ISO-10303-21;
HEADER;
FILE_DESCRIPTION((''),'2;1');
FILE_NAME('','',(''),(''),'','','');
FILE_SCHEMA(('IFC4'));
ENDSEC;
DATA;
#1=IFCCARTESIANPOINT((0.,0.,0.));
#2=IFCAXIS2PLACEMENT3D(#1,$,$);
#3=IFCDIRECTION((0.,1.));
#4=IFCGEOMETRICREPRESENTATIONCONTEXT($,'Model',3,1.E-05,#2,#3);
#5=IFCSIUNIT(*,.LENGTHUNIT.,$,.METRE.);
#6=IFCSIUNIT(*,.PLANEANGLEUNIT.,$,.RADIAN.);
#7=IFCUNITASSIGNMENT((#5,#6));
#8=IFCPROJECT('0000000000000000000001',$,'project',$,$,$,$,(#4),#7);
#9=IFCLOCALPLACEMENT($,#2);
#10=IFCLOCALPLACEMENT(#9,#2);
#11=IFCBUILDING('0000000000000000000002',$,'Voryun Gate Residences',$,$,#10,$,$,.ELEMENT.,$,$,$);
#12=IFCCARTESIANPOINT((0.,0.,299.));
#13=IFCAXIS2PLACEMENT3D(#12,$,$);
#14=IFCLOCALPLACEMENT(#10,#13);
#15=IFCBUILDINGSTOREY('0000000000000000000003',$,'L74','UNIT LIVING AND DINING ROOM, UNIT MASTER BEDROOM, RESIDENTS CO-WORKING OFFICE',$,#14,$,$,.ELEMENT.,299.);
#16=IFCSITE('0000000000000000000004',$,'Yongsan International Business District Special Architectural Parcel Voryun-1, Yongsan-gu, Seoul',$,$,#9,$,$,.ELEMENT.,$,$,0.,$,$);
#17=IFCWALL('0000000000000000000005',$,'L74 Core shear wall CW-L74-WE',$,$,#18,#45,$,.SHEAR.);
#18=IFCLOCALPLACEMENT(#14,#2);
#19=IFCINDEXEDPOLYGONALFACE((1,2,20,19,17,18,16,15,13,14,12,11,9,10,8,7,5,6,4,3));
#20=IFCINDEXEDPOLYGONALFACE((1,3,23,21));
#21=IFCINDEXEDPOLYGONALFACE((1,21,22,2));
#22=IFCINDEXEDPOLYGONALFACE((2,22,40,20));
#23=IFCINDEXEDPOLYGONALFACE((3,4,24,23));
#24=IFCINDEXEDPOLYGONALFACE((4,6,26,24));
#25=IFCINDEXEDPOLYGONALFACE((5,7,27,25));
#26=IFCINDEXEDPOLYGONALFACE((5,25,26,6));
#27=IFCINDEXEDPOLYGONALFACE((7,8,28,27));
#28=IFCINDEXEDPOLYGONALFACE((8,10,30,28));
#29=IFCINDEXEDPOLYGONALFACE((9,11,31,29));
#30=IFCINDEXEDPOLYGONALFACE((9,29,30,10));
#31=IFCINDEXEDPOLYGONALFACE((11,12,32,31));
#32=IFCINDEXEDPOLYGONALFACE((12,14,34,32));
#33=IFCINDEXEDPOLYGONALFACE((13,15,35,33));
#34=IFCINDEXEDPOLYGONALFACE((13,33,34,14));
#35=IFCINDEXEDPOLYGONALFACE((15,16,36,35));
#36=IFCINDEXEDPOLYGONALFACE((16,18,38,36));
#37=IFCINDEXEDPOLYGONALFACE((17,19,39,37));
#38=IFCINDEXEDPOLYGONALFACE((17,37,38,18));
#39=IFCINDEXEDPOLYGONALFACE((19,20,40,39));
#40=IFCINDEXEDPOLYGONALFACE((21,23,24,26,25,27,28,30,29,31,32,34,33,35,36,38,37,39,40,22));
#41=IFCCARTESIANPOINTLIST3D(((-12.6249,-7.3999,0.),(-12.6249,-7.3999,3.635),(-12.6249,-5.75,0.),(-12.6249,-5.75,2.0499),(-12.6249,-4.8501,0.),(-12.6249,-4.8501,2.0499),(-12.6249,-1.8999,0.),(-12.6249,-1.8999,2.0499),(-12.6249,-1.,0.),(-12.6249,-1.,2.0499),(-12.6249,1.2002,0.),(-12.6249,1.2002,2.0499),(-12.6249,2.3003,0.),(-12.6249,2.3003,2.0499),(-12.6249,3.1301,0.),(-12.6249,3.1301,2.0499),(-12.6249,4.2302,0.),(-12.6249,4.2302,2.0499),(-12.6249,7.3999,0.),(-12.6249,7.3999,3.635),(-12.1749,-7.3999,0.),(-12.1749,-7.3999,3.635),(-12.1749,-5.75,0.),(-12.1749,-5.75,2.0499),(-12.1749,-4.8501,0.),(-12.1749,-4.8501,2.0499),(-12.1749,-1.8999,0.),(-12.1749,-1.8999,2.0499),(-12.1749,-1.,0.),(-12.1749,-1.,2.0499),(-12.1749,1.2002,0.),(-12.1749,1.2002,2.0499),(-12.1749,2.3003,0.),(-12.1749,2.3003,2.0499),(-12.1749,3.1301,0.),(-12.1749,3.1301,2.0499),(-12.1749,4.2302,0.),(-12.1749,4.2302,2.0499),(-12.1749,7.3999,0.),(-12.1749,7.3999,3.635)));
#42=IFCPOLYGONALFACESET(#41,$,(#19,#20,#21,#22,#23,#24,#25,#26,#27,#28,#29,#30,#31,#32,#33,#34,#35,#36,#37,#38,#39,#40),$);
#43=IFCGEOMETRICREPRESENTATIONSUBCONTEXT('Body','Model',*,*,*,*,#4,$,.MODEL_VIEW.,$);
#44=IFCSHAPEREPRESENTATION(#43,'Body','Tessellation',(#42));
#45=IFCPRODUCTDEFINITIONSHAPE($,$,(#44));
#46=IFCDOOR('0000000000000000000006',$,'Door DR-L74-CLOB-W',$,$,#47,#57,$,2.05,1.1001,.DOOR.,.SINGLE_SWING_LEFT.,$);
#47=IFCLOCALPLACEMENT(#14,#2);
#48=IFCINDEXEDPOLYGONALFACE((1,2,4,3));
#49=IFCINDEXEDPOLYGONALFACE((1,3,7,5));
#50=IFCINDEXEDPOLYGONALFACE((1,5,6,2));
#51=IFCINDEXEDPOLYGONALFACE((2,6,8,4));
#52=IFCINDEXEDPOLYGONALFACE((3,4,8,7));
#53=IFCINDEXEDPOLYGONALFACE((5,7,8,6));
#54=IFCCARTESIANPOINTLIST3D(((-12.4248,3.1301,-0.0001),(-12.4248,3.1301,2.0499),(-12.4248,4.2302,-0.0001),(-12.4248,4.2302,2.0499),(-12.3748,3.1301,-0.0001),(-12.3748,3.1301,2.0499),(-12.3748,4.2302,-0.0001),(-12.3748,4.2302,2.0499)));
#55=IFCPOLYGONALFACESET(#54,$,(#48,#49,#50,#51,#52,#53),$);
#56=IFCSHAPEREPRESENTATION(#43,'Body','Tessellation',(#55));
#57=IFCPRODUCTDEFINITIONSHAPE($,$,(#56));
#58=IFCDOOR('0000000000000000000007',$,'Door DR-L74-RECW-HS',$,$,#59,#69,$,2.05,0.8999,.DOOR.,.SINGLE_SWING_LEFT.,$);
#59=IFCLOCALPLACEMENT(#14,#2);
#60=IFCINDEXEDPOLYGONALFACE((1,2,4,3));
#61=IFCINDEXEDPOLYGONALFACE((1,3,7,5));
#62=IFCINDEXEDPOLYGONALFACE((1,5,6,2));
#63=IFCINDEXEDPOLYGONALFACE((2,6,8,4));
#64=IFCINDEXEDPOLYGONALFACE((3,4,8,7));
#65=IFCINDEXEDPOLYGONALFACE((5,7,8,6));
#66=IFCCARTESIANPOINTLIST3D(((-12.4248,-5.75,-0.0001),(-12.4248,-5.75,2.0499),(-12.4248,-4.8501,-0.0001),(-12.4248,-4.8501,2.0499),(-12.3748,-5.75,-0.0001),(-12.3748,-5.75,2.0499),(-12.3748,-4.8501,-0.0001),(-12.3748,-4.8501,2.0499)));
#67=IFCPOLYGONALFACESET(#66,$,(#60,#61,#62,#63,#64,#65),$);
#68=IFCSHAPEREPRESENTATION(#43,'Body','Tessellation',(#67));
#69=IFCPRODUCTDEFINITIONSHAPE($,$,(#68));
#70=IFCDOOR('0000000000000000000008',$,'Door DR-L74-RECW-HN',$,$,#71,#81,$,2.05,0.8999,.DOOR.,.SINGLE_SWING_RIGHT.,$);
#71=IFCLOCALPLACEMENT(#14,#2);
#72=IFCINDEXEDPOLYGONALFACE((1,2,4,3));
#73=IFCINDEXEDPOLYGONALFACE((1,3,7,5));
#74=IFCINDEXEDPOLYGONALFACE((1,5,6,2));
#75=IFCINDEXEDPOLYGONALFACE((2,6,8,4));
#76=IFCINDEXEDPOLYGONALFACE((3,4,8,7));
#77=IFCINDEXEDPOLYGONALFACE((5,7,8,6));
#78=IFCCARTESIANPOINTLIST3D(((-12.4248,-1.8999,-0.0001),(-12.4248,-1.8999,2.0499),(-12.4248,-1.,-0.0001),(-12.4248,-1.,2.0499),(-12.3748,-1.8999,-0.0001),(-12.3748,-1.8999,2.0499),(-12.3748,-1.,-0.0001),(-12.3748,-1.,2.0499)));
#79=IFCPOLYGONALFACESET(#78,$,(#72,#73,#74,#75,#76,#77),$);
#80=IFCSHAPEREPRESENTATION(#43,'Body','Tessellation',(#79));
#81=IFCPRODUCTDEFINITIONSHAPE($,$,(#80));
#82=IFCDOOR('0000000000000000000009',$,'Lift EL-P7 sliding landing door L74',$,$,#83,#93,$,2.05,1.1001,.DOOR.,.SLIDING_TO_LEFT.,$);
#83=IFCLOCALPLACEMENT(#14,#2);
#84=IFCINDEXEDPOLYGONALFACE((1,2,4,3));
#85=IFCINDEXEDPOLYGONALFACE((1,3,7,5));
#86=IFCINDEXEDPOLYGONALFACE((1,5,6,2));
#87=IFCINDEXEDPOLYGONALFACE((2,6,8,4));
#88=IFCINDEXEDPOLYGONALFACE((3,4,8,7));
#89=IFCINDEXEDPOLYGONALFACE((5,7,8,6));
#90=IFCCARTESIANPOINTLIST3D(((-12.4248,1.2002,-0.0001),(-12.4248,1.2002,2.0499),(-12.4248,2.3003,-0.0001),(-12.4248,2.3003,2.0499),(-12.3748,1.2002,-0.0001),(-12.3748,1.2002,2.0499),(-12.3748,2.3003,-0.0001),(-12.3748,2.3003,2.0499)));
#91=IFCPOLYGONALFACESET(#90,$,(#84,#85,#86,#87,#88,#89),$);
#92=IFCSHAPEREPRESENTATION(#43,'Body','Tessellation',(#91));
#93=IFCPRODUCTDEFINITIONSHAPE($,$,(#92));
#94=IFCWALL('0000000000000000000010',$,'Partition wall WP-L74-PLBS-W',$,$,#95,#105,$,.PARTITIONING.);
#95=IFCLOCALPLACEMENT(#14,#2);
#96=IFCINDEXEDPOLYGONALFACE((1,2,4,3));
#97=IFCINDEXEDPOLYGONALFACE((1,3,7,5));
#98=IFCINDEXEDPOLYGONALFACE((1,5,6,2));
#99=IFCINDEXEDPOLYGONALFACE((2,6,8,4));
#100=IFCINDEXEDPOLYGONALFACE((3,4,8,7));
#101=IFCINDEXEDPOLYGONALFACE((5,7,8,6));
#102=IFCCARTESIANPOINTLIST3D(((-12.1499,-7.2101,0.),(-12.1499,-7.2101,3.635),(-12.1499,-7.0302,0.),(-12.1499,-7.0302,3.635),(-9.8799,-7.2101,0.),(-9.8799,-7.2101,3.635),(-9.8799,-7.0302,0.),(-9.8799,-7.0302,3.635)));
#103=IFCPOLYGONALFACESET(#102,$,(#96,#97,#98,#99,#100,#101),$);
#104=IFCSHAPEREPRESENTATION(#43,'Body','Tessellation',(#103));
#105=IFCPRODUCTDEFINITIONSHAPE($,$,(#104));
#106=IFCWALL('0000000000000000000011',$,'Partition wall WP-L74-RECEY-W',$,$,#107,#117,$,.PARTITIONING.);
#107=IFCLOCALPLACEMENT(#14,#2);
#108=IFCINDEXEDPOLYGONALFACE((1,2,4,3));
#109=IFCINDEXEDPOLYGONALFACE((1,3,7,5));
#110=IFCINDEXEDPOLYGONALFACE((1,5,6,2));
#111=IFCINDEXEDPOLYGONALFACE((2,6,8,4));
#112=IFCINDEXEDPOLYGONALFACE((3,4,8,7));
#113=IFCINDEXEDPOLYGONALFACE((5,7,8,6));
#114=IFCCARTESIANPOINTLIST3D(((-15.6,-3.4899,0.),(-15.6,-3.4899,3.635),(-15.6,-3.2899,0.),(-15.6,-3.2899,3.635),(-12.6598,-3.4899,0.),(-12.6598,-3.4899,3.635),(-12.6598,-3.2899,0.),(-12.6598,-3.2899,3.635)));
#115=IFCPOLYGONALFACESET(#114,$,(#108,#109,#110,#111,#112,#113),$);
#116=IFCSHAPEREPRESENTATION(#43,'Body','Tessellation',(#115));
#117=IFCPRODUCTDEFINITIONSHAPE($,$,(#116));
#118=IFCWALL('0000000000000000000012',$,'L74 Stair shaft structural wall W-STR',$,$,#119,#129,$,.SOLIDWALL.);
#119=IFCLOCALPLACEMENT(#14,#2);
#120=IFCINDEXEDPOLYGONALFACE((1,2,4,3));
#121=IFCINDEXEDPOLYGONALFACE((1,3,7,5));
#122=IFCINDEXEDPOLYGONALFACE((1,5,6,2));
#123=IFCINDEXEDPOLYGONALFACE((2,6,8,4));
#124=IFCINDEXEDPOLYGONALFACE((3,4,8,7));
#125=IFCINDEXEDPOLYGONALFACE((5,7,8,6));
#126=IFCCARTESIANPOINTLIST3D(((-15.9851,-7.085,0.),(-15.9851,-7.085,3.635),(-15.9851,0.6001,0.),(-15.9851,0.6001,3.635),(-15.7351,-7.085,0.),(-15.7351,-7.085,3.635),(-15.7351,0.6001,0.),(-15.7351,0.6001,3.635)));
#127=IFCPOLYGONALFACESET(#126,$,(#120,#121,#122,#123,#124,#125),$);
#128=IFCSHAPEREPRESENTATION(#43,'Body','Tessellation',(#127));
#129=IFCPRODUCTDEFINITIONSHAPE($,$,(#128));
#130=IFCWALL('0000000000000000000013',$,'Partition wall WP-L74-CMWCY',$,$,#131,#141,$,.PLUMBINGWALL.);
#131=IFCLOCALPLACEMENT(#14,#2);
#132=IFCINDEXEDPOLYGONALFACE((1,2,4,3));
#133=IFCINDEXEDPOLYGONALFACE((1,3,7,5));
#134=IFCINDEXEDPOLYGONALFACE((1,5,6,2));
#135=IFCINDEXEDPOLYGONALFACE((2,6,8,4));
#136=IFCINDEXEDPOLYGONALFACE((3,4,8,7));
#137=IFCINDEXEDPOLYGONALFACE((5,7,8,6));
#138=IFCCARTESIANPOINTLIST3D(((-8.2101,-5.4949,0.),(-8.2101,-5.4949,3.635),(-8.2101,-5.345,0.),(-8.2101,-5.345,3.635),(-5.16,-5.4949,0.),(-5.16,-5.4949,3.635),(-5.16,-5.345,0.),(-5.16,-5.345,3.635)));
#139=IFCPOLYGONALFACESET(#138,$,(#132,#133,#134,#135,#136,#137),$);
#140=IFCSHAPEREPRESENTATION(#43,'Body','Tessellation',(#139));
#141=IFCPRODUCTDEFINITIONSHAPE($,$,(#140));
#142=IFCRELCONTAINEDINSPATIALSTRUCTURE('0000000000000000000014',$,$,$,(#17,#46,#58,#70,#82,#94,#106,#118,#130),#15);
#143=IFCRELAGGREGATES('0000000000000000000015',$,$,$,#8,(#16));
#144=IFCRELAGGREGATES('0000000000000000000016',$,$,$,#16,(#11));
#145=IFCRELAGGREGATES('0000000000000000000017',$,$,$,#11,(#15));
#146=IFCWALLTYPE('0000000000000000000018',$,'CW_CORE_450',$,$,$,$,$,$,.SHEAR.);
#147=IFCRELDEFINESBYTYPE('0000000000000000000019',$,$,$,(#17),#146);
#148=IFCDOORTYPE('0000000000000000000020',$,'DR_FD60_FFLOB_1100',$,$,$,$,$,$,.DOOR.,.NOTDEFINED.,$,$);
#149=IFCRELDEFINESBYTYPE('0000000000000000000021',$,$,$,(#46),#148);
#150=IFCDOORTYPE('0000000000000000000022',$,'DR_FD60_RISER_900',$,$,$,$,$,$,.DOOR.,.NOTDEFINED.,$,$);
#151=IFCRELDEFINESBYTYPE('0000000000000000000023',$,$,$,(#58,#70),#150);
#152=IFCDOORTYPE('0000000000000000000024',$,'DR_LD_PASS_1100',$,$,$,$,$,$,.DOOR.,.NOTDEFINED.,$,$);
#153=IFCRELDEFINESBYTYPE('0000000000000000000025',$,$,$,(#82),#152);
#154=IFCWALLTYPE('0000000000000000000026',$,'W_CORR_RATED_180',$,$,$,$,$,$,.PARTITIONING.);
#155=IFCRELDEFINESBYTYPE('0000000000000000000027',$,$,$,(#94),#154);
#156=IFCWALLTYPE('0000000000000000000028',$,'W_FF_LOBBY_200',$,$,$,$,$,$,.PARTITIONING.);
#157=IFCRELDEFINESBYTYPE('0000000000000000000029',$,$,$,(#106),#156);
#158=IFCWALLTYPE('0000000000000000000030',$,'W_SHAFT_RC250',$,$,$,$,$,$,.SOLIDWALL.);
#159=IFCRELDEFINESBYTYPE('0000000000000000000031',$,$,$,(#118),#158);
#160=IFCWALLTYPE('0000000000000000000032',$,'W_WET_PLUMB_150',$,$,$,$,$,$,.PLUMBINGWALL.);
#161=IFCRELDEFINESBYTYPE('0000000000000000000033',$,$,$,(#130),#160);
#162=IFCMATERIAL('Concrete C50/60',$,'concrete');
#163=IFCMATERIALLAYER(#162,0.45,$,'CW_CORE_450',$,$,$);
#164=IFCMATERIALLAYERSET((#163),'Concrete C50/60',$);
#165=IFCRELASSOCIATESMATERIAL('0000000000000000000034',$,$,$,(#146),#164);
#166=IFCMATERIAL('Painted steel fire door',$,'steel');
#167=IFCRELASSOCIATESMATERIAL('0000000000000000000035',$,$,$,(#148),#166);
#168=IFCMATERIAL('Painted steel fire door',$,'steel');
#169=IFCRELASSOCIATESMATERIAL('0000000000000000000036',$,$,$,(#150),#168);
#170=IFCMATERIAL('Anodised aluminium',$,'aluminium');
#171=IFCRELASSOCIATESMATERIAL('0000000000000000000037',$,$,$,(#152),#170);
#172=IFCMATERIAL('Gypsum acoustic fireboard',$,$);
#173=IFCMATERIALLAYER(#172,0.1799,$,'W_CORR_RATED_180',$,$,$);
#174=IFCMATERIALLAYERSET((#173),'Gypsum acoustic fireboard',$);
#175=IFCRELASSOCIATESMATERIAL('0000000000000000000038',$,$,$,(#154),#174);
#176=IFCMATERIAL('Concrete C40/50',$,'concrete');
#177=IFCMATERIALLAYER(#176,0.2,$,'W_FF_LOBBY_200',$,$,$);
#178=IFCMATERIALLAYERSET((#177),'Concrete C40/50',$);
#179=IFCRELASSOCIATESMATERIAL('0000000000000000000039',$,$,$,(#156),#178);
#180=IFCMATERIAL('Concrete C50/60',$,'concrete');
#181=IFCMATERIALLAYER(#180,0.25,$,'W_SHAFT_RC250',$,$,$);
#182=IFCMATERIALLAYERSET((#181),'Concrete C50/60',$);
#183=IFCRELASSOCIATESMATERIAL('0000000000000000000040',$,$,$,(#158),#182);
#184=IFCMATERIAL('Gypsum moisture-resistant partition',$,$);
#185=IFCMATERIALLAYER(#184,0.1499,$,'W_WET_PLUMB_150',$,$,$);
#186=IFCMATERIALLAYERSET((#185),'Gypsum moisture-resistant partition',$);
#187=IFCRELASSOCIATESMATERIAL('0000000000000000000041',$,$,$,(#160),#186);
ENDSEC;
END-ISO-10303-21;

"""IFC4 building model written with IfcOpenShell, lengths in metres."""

from ifc_helpers import new_model, si_unit, direction, frame, frame_2d, origin, place, context, subcontext, project, spatial, rectangle, extrude, material, layer, layer_set, type_object, element, fill, save


model = new_model("IFC4")

# Units and contexts
model_context = context("Model", 3, precision=1e-05, world=origin(), true_north=direction((0.0, 1.0)))
body_context = subcontext(model_context, "Body", "Model", "MODEL_VIEW")
ifc_project = project(units=[si_unit("LENGTHUNIT", "METRE"), si_unit("PLANEANGLEUNIT", "RADIAN")], contexts=[model_context])

# Site, building, storey
site_placement = place(None, origin())
site = spatial("IfcSite", under=ifc_project, at=site_placement, Name="Yongsan International Business District Special Architectural Parcel Voryun-1, Yongsan-gu, Seoul", CompositionType="ELEMENT", RefElevation=0.0)
building_placement = place(site_placement, origin())
building = spatial("IfcBuilding", under=site, at=building_placement, Name="Voryun Gate Residences", CompositionType="ELEMENT")
storey_placement = place(building_placement, frame((0.0, 0.0, 299.0)))
storey = spatial("IfcBuildingStorey", under=building, at=storey_placement, Name="L74", Description="UNIT LIVING AND DINING ROOM, UNIT MASTER BEDROOM, RESIDENTS CO-WORKING OFFICE", CompositionType="ELEMENT", Elevation=299.0)

# Wall, openings, doors
ifc_material_1 = material(Name="Concrete C50/60", Category="concrete")
ifc_layer_1 = layer(ifc_material_1, 0.45, Name="CW_CORE_450")
ifc_layer_set_1 = layer_set([ifc_layer_1], Name="Concrete C50/60")
wall_type_1 = type_object("IfcWallType", Name="CW_CORE_450", PredefinedType="SHEAR", material=ifc_layer_set_1)
wall_1_placement = place(storey_placement, frame((-12.3999, -7.3999, 0.0), z_axis=(0.0, 0.0, 1.0), x_axis=(0.0, 1.0, 0.0)))
wall_1 = element("IfcWall", 1, at=wall_1_placement, inside=storey, type_object=wall_type_1, Name="L74 Core shear wall CW-L74-WE", PredefinedType="SHEAR", context=body_context, shape_type="SweptSolid", body=[
    extrude(rectangle(XDim=14.7998, YDim=0.45, at=frame_2d((7.3999, 0.0))), origin(), (0.0, 0.0, 1.0), 3.635),
])
opening_1_placement = place(wall_1_placement, frame((8.6001, 0.0, 0.0)))
opening_1 = element("IfcOpeningElement", 2, at=opening_1_placement, cuts=wall_1, PredefinedType="OPENING", context=body_context, shape_type="SweptSolid", body=[
    extrude(rectangle(XDim=1.1001, YDim=2.05, at=frame_2d((0.55, 1.0249))), frame((0.0, 0.2351, 0.0), z_axis=(0.0, -1.0, 0.0), x_axis=(1.0, 0.0, 0.0)), (0.0, 0.0, 1.0), 0.47),
])
opening_2_placement = place(wall_1_placement, frame((10.53, 0.0, 0.0)))
opening_2 = element("IfcOpeningElement", 3, at=opening_2_placement, cuts=wall_1, PredefinedType="OPENING", context=body_context, shape_type="SweptSolid", body=[
    extrude(rectangle(XDim=1.1001, YDim=2.05, at=frame_2d((0.55, 1.0249))), frame((0.0, 0.2351, 0.0), z_axis=(0.0, -1.0, 0.0), x_axis=(1.0, 0.0, 0.0)), (0.0, 0.0, 1.0), 0.47),
])
opening_3_placement = place(wall_1_placement, frame((1.6499, 0.0, 0.0)))
opening_3 = element("IfcOpeningElement", 4, at=opening_3_placement, cuts=wall_1, PredefinedType="OPENING", context=body_context, shape_type="SweptSolid", body=[
    extrude(rectangle(XDim=0.8999, YDim=2.05, at=frame_2d((0.45, 1.0249))), frame((0.0, 0.2351, 0.0), z_axis=(0.0, -1.0, 0.0), x_axis=(1.0, 0.0, 0.0)), (0.0, 0.0, 1.0), 0.47),
])
opening_4_placement = place(wall_1_placement, frame((5.5, 0.0, 0.0)))
opening_4 = element("IfcOpeningElement", 5, at=opening_4_placement, cuts=wall_1, PredefinedType="OPENING", context=body_context, shape_type="SweptSolid", body=[
    extrude(rectangle(XDim=0.8999, YDim=2.05, at=frame_2d((0.45, 1.0249))), frame((0.0, 0.2351, 0.0), z_axis=(0.0, -1.0, 0.0), x_axis=(1.0, 0.0, 0.0)), (0.0, 0.0, 1.0), 0.47),
])
ifc_material_2 = material(Name="Painted steel fire door", Category="steel")
door_type_1 = type_object("IfcDoorType", Name="DR_FD60_FFLOB_1100", OperationType="NOTDEFINED", PredefinedType="DOOR", material=ifc_material_2)
door_1_placement = place(opening_2_placement, origin())
door_1 = element("IfcDoor", 6, at=door_1_placement, inside=storey, type_object=door_type_1, Name="Door DR-L74-CLOB-W", OperationType="SINGLE_SWING_LEFT", OverallHeight=2.05, OverallWidth=1.1001, PredefinedType="DOOR", context=body_context, shape_type="SweptSolid", body=[
    extrude(rectangle(XDim=1.1001, YDim=2.05, at=frame_2d((0.55, 1.0249))), frame((0.0, 0.0249, 0.0), z_axis=(0.0, -1.0, 0.0), x_axis=(1.0, 0.0, 0.0)), (0.0, 0.0, 1.0), 0.05),
])
fill(opening_2, door_1)
ifc_material_3 = material(Name="Painted steel fire door", Category="steel")
door_type_2 = type_object("IfcDoorType", Name="DR_FD60_RISER_900", OperationType="NOTDEFINED", PredefinedType="DOOR", material=ifc_material_3)
door_2_placement = place(opening_3_placement, origin())
door_2 = element("IfcDoor", 7, at=door_2_placement, inside=storey, type_object=door_type_2, Name="Door DR-L74-RECW-HS", OperationType="SINGLE_SWING_LEFT", OverallHeight=2.05, OverallWidth=0.8999, PredefinedType="DOOR", context=body_context, shape_type="SweptSolid", body=[
    extrude(rectangle(XDim=0.8999, YDim=2.05, at=frame_2d((0.45, 1.0249))), frame((0.0, 0.0249, 0.0), z_axis=(0.0, -1.0, 0.0), x_axis=(1.0, 0.0, 0.0)), (0.0, 0.0, 1.0), 0.05),
])
fill(opening_3, door_2)
door_3_placement = place(opening_4_placement, origin())
door_3 = element("IfcDoor", 8, at=door_3_placement, inside=storey, type_object=door_type_2, Name="Door DR-L74-RECW-HN", OperationType="SINGLE_SWING_RIGHT", OverallHeight=2.05, OverallWidth=0.8999, PredefinedType="DOOR", context=body_context, shape_type="SweptSolid", body=[
    extrude(rectangle(XDim=0.8999, YDim=2.05, at=frame_2d((0.45, 1.0249))), frame((0.0, 0.0249, 0.0), z_axis=(0.0, -1.0, 0.0), x_axis=(1.0, 0.0, 0.0)), (0.0, 0.0, 1.0), 0.05),
])
fill(opening_4, door_3)
ifc_material_4 = material(Name="Anodised aluminium", Category="aluminium")
door_type_3 = type_object("IfcDoorType", Name="DR_LD_PASS_1100", OperationType="NOTDEFINED", PredefinedType="DOOR", material=ifc_material_4)
door_4_placement = place(opening_1_placement, origin())
door_4 = element("IfcDoor", 9, at=door_4_placement, inside=storey, type_object=door_type_3, Name="Lift EL-P7 sliding landing door L74", OperationType="SLIDING_TO_LEFT", OverallHeight=2.05, OverallWidth=1.1001, PredefinedType="DOOR", context=body_context, shape_type="SweptSolid", body=[
    extrude(rectangle(XDim=1.1001, YDim=2.05, at=frame_2d((0.55, 1.0249))), frame((0.0, 0.0249, 0.0), z_axis=(0.0, -1.0, 0.0), x_axis=(1.0, 0.0, 0.0)), (0.0, 0.0, 1.0), 0.05),
])
fill(opening_1, door_4)

# Walls
ifc_material_5 = material(Name="Gypsum acoustic fireboard")
ifc_layer_2 = layer(ifc_material_5, 0.1799, Name="W_CORR_RATED_180")
ifc_layer_set_2 = layer_set([ifc_layer_2], Name="Gypsum acoustic fireboard")
wall_type_2 = type_object("IfcWallType", Name="W_CORR_RATED_180", PredefinedType="PARTITIONING", material=ifc_layer_set_2)
wall_2_placement = place(storey_placement, frame((-12.1499, -7.1201, 0.0), z_axis=(0.0, 0.0, 1.0), x_axis=(1.0, 0.0, 0.0)))
element("IfcWall", 10, at=wall_2_placement, inside=storey, type_object=wall_type_2, Name="Partition wall WP-L74-PLBS-W", PredefinedType="PARTITIONING", context=body_context, shape_type="SweptSolid", body=[
    extrude(rectangle(XDim=2.27, YDim=0.1799, at=frame_2d((1.135, 0.0))), origin(), (0.0, 0.0, 1.0), 3.635),
])
ifc_material_6 = material(Name="Concrete C40/50", Category="concrete")
ifc_layer_3 = layer(ifc_material_6, 0.2, Name="W_FF_LOBBY_200")
ifc_layer_set_3 = layer_set([ifc_layer_3], Name="Concrete C40/50")
wall_type_3 = type_object("IfcWallType", Name="W_FF_LOBBY_200", PredefinedType="PARTITIONING", material=ifc_layer_set_3)
wall_3_placement = place(storey_placement, frame((-15.6001, -3.3899, 0.0), z_axis=(0.0, 0.0, 1.0), x_axis=(1.0, 0.0, 0.0)))
element("IfcWall", 11, at=wall_3_placement, inside=storey, type_object=wall_type_3, Name="Partition wall WP-L74-RECEY-W", PredefinedType="PARTITIONING", context=body_context, shape_type="SweptSolid", body=[
    extrude(rectangle(XDim=2.9402, YDim=0.2, at=frame_2d((1.4702, 0.0))), origin(), (0.0, 0.0, 1.0), 3.635),
])
ifc_material_7 = material(Name="Concrete C50/60", Category="concrete")
ifc_layer_4 = layer(ifc_material_7, 0.25, Name="W_SHAFT_RC250")
ifc_layer_set_4 = layer_set([ifc_layer_4], Name="Concrete C50/60")
wall_type_4 = type_object("IfcWallType", Name="W_SHAFT_RC250", PredefinedType="SOLIDWALL", material=ifc_layer_set_4)
wall_4_placement = place(storey_placement, frame((-15.8601, -7.085, 0.0), z_axis=(0.0, 0.0, 1.0), x_axis=(0.0, 1.0, 0.0)))
element("IfcWall", 12, at=wall_4_placement, inside=storey, type_object=wall_type_4, Name="L74 Stair shaft structural wall W-STR", PredefinedType="SOLIDWALL", context=body_context, shape_type="SweptSolid", body=[
    extrude(rectangle(XDim=7.6851, YDim=0.25, at=frame_2d((3.8425, 0.0))), origin(), (0.0, 0.0, 1.0), 3.635),
])
ifc_material_8 = material(Name="Gypsum moisture-resistant partition")
ifc_layer_5 = layer(ifc_material_8, 0.1499, Name="W_WET_PLUMB_150")
ifc_layer_set_5 = layer_set([ifc_layer_5], Name="Gypsum moisture-resistant partition")
wall_type_5 = type_object("IfcWallType", Name="W_WET_PLUMB_150", PredefinedType="PLUMBINGWALL", material=ifc_layer_set_5)
wall_5_placement = place(storey_placement, frame((-8.21, -5.4199, 0.0), z_axis=(0.0, 0.0, 1.0), x_axis=(1.0, 0.0, 0.0)))
element("IfcWall", 13, at=wall_5_placement, inside=storey, type_object=wall_type_5, Name="Partition wall WP-L74-CMWCY", PredefinedType="PLUMBINGWALL", context=body_context, shape_type="SweptSolid", body=[
    extrude(rectangle(XDim=3.05, YDim=0.1499, at=frame_2d((1.5249, 0.0))), origin(), (0.0, 0.0, 1.0), 3.635),
])

save(model, "model.ifc")
